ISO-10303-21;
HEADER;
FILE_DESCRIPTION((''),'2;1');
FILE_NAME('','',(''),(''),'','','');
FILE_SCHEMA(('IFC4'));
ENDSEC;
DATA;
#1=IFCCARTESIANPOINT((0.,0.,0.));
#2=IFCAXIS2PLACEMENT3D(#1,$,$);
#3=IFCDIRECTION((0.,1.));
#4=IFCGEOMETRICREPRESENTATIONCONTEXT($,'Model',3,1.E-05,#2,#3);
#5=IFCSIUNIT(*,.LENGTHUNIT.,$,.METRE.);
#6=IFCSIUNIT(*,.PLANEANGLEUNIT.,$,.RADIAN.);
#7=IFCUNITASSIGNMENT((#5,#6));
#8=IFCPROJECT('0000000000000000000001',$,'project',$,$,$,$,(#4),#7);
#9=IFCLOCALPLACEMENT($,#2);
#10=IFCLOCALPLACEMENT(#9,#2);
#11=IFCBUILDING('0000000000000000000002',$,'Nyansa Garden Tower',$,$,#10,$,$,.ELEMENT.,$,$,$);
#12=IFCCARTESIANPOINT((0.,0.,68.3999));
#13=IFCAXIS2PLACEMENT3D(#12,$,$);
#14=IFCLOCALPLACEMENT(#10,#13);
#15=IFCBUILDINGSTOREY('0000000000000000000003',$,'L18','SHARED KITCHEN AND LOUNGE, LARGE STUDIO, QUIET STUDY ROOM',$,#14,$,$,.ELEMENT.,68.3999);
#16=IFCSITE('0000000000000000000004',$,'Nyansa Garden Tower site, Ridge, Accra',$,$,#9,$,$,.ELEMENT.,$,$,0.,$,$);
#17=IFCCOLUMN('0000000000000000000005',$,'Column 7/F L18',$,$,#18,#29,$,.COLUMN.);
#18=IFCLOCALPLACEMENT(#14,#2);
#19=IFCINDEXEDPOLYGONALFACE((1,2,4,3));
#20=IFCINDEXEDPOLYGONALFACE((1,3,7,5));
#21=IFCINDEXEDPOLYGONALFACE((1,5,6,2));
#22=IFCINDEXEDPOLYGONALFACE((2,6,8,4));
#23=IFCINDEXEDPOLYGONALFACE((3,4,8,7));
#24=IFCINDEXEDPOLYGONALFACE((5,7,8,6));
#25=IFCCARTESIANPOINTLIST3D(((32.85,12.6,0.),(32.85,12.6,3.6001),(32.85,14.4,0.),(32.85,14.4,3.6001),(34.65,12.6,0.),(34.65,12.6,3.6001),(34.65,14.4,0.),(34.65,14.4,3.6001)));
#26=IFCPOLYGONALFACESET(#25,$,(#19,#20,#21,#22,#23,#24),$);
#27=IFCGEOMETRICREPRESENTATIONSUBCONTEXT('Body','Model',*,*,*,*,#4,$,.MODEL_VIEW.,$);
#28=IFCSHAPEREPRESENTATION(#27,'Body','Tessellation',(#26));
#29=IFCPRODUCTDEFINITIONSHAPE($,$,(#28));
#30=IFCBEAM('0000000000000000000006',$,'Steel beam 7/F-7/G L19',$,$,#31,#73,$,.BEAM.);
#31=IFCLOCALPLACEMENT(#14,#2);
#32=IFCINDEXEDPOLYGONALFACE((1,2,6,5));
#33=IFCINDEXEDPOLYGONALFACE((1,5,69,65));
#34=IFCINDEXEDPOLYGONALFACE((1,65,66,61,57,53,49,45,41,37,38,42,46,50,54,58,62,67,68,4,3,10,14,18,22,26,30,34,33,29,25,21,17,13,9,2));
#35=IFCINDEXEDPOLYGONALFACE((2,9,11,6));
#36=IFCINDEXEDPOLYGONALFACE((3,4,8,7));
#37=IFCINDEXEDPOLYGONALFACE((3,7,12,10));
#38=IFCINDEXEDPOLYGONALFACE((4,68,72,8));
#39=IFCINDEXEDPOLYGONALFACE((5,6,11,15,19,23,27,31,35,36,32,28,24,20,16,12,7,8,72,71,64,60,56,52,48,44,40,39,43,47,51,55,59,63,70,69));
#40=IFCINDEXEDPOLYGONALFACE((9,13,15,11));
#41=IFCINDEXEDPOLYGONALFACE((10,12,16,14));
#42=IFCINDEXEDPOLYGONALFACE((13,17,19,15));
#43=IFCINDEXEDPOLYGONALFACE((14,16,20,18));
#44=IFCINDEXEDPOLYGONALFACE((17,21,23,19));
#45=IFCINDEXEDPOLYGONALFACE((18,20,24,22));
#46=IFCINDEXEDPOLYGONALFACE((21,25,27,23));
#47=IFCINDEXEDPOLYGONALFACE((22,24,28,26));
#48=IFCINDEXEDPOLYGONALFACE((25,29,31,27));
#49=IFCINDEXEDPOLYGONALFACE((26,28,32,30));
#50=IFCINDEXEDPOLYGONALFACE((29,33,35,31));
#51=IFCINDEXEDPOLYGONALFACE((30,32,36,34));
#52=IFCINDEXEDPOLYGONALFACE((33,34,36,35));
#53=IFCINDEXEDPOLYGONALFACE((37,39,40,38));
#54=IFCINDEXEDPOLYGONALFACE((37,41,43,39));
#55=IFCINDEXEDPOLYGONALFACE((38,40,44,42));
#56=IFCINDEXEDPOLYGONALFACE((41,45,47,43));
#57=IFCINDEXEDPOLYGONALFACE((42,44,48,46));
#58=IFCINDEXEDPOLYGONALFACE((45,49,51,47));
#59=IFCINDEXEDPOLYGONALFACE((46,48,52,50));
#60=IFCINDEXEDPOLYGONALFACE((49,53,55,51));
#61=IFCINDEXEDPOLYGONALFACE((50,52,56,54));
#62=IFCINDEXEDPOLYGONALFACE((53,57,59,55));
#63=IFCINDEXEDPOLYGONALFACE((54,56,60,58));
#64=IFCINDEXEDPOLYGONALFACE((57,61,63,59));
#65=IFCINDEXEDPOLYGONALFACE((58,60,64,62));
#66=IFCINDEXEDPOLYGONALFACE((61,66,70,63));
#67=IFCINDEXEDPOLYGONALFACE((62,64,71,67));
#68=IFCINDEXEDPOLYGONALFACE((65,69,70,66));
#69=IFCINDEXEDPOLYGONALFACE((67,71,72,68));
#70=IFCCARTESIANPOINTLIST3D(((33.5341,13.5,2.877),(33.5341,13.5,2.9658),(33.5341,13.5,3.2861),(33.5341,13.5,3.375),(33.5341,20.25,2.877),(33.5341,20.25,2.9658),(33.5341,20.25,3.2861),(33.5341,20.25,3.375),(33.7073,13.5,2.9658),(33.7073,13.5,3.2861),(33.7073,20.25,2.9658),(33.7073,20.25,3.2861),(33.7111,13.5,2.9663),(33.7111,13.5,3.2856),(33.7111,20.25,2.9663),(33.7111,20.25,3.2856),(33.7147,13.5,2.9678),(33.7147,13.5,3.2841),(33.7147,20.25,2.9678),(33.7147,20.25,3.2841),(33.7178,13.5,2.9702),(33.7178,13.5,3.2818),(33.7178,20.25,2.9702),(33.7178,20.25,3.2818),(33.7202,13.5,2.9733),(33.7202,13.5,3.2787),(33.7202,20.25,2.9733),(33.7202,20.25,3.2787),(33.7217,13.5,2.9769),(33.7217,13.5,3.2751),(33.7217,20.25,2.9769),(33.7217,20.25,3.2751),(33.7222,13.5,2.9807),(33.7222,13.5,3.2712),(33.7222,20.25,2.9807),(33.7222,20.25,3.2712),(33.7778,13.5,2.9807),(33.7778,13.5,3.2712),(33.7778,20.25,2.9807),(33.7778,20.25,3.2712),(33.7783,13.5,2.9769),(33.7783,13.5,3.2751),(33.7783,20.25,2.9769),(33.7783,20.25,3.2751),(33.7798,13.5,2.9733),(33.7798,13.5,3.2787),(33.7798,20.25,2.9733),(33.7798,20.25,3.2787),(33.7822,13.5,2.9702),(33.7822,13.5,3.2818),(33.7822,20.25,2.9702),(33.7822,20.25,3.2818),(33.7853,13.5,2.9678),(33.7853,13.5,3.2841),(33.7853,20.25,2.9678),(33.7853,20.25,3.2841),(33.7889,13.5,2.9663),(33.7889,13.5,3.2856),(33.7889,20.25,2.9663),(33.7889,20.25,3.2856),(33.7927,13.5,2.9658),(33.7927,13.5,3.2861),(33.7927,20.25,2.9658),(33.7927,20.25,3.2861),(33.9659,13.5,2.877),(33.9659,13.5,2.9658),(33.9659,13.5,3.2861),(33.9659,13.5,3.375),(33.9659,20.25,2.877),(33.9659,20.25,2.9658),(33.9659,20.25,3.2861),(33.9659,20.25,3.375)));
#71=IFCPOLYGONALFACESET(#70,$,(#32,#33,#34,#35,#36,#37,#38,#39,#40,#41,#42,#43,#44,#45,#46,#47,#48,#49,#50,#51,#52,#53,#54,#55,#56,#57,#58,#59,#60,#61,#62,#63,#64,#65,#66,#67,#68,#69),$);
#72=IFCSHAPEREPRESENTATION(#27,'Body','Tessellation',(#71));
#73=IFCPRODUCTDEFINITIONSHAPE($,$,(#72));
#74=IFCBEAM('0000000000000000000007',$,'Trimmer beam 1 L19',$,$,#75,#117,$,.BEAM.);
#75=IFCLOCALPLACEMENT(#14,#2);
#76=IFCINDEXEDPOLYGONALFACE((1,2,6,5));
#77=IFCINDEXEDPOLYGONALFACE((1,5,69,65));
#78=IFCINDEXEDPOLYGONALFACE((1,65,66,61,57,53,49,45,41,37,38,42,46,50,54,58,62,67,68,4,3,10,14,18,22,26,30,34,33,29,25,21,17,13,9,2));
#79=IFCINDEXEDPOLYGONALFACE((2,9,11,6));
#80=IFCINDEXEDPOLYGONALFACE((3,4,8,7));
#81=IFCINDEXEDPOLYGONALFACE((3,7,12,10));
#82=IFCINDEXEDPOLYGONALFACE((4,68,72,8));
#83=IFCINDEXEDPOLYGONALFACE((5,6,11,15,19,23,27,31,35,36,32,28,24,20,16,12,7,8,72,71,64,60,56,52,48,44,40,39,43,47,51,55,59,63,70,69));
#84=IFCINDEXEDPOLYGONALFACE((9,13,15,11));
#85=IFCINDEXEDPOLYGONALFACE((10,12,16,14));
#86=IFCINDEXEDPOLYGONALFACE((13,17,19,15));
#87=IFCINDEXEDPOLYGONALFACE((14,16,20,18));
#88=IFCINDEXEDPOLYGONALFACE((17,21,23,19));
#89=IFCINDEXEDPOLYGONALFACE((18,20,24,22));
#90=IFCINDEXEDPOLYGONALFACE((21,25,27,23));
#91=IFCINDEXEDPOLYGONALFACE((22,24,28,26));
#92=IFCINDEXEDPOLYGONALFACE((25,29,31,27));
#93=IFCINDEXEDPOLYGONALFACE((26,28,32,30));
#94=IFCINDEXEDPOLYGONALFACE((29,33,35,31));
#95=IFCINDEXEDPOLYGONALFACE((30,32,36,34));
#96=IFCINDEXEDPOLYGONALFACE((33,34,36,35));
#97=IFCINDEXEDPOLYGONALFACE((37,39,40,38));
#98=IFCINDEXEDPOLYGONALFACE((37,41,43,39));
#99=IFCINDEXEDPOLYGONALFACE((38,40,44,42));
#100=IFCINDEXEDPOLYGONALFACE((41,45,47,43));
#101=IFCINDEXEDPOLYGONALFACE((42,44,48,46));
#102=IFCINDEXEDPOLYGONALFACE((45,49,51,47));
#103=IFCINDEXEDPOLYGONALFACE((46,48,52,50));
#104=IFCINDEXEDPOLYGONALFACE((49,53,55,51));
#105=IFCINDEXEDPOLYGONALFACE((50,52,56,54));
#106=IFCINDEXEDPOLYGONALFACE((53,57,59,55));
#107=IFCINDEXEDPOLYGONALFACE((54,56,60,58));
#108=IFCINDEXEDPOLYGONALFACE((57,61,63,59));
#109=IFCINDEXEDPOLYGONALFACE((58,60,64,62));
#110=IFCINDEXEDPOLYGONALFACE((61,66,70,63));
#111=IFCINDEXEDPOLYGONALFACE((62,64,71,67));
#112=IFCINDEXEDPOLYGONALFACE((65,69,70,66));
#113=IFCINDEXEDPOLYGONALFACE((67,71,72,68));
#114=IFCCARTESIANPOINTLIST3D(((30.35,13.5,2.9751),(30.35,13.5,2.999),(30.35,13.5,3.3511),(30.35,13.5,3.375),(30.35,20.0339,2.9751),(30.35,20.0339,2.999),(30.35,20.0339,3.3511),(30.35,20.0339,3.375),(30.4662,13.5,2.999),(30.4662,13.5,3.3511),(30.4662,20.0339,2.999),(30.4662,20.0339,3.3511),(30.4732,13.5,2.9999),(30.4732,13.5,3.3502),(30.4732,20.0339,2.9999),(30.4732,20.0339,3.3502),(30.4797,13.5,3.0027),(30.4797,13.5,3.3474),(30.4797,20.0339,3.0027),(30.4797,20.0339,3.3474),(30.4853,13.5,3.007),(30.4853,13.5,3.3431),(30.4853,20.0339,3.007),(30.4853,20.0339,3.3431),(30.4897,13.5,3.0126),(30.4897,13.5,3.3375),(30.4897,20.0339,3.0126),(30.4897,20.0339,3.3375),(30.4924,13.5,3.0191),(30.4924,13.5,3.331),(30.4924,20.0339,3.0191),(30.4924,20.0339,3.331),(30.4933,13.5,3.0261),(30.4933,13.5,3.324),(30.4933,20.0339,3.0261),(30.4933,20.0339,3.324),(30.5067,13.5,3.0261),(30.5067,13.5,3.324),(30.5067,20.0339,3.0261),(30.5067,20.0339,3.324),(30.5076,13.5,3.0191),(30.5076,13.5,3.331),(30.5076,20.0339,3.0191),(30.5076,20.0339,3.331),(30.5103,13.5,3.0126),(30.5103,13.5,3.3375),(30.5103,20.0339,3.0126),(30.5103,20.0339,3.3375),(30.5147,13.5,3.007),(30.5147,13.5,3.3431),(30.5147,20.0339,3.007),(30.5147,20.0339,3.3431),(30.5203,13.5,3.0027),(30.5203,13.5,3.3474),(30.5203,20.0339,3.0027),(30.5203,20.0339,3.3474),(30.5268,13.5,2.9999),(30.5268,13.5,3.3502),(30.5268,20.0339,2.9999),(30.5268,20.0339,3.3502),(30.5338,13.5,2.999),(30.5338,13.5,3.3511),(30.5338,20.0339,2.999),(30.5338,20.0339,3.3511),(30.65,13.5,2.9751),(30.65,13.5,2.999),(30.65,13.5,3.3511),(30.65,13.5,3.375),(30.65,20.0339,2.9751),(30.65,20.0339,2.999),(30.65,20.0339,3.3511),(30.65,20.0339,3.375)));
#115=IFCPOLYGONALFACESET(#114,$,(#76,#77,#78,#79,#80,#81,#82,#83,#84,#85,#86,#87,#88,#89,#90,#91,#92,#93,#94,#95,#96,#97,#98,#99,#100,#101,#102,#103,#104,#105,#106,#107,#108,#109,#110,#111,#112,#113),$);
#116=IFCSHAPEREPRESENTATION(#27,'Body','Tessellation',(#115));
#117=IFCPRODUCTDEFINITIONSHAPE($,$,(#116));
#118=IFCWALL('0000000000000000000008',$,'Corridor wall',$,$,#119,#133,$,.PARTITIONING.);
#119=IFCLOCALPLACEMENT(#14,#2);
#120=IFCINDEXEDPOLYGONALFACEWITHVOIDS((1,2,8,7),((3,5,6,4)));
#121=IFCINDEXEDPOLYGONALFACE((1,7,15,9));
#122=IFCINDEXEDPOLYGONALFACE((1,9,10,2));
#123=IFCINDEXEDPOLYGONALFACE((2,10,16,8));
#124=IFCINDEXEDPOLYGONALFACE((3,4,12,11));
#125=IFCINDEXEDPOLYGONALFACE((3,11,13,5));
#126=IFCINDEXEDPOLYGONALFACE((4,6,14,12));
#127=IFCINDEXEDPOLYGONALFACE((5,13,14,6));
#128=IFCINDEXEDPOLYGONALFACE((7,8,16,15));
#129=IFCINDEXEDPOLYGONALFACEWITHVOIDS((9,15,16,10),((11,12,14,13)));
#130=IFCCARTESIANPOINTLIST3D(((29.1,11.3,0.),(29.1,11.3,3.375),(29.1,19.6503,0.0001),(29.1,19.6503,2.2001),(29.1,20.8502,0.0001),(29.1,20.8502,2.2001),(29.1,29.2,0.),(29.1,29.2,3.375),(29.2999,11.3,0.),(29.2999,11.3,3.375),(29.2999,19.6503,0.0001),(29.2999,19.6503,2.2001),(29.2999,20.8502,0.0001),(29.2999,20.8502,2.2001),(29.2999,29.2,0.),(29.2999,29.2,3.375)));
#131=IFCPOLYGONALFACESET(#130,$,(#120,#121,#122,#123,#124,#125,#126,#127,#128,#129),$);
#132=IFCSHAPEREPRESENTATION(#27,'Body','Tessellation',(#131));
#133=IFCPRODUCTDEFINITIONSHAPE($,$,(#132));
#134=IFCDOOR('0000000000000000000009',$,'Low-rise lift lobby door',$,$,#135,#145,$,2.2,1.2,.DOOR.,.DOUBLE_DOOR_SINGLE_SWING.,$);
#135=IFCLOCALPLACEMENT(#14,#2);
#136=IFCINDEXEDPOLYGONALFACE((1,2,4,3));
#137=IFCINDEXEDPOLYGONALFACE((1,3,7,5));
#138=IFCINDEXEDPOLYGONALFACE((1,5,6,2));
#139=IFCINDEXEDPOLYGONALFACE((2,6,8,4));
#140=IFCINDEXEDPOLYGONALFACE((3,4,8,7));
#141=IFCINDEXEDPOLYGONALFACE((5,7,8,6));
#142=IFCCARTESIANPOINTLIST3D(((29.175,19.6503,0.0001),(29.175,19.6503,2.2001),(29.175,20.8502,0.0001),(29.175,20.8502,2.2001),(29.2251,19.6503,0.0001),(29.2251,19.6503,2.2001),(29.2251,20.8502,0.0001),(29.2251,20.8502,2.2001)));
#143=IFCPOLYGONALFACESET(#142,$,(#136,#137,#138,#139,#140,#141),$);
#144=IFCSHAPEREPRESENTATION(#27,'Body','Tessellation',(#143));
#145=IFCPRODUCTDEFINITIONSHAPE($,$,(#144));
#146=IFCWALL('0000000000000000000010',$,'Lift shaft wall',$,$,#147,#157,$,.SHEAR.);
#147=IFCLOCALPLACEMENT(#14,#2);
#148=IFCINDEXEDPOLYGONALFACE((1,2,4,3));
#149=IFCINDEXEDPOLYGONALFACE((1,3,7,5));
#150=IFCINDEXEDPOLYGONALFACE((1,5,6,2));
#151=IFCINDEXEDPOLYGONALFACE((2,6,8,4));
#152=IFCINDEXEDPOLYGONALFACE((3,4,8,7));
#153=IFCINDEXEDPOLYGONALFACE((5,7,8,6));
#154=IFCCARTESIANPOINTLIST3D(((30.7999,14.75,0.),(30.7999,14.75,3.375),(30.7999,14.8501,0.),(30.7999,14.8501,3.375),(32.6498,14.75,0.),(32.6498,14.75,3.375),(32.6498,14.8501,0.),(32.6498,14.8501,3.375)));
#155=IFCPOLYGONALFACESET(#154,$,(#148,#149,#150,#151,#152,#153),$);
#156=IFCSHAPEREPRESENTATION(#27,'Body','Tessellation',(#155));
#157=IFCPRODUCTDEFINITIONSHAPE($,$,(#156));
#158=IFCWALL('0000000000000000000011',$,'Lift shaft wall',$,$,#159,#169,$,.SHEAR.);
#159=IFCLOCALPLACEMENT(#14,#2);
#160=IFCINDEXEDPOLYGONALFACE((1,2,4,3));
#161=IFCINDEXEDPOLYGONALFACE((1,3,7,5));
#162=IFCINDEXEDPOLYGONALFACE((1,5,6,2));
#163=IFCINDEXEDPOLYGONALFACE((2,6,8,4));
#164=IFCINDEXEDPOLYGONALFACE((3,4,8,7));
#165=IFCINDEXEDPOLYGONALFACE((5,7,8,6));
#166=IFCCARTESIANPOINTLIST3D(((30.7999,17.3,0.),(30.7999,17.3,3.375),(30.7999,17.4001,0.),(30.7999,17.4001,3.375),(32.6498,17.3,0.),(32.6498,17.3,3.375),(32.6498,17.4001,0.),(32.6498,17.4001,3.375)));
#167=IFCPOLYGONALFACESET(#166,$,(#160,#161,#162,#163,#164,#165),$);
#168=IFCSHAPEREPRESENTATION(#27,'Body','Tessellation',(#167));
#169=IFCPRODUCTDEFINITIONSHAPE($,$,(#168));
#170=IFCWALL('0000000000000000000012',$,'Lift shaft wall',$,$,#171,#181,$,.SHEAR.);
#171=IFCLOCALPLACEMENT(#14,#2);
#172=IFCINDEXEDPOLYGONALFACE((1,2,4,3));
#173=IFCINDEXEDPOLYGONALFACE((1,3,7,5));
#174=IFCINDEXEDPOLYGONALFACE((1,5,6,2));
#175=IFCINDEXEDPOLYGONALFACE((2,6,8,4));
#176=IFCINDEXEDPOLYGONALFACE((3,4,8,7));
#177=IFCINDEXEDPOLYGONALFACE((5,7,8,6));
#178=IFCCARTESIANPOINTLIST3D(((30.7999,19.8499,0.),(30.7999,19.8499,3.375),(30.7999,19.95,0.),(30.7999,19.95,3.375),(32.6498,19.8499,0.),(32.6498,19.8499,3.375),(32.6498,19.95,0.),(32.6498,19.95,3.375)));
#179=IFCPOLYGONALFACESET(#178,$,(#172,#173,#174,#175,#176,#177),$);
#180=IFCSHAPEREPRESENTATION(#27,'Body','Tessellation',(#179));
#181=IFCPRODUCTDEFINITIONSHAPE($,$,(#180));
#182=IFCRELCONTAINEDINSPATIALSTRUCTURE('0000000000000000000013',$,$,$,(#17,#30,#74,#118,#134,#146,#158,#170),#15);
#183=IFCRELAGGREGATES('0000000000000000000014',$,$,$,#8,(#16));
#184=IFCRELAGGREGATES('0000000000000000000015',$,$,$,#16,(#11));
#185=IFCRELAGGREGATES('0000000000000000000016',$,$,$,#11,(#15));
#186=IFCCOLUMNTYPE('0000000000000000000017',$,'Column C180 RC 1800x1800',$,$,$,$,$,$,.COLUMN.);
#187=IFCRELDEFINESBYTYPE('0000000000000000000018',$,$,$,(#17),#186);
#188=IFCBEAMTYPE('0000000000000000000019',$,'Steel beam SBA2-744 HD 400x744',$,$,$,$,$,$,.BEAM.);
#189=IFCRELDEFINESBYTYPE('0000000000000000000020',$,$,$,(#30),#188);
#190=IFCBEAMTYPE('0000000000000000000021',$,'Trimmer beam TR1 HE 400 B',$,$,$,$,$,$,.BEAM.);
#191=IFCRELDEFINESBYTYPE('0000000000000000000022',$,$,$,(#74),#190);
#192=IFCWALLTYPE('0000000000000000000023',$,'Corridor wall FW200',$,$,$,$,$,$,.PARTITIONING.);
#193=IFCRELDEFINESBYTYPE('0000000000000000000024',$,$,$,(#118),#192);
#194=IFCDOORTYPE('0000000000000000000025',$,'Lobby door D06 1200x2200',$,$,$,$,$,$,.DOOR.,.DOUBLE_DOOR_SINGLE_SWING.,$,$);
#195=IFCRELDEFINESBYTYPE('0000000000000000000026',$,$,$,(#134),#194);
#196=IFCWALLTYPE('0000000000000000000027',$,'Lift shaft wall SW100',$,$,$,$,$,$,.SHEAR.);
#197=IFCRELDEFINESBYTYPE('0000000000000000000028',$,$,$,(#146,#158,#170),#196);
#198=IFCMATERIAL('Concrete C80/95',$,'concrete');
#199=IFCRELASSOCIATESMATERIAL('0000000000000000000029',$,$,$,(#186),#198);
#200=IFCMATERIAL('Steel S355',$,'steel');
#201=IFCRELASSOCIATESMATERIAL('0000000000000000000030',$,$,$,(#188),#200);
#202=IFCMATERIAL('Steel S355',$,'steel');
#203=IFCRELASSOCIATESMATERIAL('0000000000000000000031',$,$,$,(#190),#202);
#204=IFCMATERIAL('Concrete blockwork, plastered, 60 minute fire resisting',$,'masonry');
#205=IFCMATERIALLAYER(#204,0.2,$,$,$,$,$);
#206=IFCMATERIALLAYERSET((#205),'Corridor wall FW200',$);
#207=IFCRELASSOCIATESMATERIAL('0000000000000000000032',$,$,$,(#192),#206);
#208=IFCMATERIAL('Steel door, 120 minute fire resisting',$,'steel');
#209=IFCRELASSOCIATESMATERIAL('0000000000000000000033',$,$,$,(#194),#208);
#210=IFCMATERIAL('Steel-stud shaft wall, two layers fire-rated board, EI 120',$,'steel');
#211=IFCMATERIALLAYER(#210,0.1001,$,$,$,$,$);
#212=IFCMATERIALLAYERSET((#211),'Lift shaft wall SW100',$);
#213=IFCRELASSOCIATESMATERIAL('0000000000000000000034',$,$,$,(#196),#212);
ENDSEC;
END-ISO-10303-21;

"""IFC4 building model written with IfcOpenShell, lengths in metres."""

from ifc_helpers import new_model, si_unit, direction, frame, frame_2d, origin, origin_2d, place, context, subcontext, project, spatial, rectangle, i_section, extrude, material, layer, layer_set, material_profile, profile_set, type_object, element, fill, save


model = new_model("IFC4")

# Units and contexts
model_context = context("Model", 3, precision=1e-05, world=origin(), true_north=direction((0.0, 1.0)))
body_context = subcontext(model_context, "Body", "Model", "MODEL_VIEW")
ifc_project = project(units=[si_unit("LENGTHUNIT", "METRE"), si_unit("PLANEANGLEUNIT", "RADIAN")], contexts=[model_context])

# Site, building, storey
site_placement = place(None, origin())
site = spatial("IfcSite", under=ifc_project, at=site_placement, Name="Nyansa Garden Tower site, Ridge, Accra", CompositionType="ELEMENT", RefElevation=0.0)
building_placement = place(site_placement, origin())
building = spatial("IfcBuilding", under=site, at=building_placement, Name="Nyansa Garden Tower", CompositionType="ELEMENT")
storey_placement = place(building_placement, frame((0.0, 0.0, 68.3999)))
storey = spatial("IfcBuildingStorey", under=building, at=storey_placement, Name="L18", Description="SHARED KITCHEN AND LOUNGE, LARGE STUDIO, QUIET STUDY ROOM", CompositionType="ELEMENT", Elevation=68.3999)

# Column
ifc_material_1 = material(Name="Concrete C80/95", Category="concrete")
ifc_material_profile_1 = material_profile(ifc_material_1, rectangle(XDim=1.8, YDim=1.8, at=origin_2d()), Name="RC 1800x1800")
ifc_profile_set_1 = profile_set([ifc_material_profile_1], Name="Concrete C80/95")
column_type = type_object("IfcColumnType", Name="Column C180 RC 1800x1800", PredefinedType="COLUMN", material=ifc_profile_set_1)
column_placement = place(storey_placement, frame((33.75, 13.5, 0.0), z_axis=(0.0, 0.0, 1.0), x_axis=(1.0, 0.0, 0.0)))
element("IfcColumn", 1, at=column_placement, inside=storey, type_object=column_type, Name="Column 7/F L18", PredefinedType="COLUMN", context=body_context, shape_type="SweptSolid", body=[
    extrude(rectangle(XDim=1.8, YDim=1.8, at=origin_2d()), origin(), (0.0, 0.0, 1.0), 3.6001),
])

# Beams
ifc_material_2 = material(Name="Steel S355", Category="steel")
ifc_material_profile_2 = material_profile(ifc_material_2, i_section(OverallWidth=0.4319, OverallDepth=0.498, WebThickness=0.0557, FlangeThickness=0.0889, FilletRadius=0.0149, at=origin_2d()), Name="HD 400x744")
ifc_profile_set_2 = profile_set([ifc_material_profile_2], Name="Steel S355")
beam_type_1 = type_object("IfcBeamType", Name="Steel beam SBA2-744 HD 400x744", PredefinedType="BEAM", material=ifc_profile_set_2)
beam_1_placement = place(storey_placement, frame((33.75, 13.5, 3.126), z_axis=(0.0, 1.0, 0.0), x_axis=(-1.0, 0.0, 0.0)))
element("IfcBeam", 2, at=beam_1_placement, inside=storey, type_object=beam_type_1, Name="Steel beam 7/F-7/G L19", PredefinedType="BEAM", context=body_context, shape_type="SweptSolid", body=[
    extrude(i_section(OverallWidth=0.4319, OverallDepth=0.498, WebThickness=0.0557, FlangeThickness=0.0889, FilletRadius=0.0149, at=origin_2d()), origin(), (0.0, 0.0, 1.0), 6.75),
])
ifc_material_3 = material(Name="Steel S355", Category="steel")
ifc_material_profile_3 = material_profile(ifc_material_3, i_section(OverallWidth=0.3, OverallDepth=0.3999, WebThickness=0.0134, FlangeThickness=0.0239, FilletRadius=0.0271, at=origin_2d()), Name="HE 400 B")
ifc_profile_set_3 = profile_set([ifc_material_profile_3], Name="Steel S355")
beam_type_2 = type_object("IfcBeamType", Name="Trimmer beam TR1 HE 400 B", PredefinedType="BEAM", material=ifc_profile_set_3)
beam_2_placement = place(storey_placement, frame((30.5, 13.5, 3.175), z_axis=(0.0, 1.0, 0.0), x_axis=(-1.0, 0.0, 0.0)))
element("IfcBeam", 3, at=beam_2_placement, inside=storey, type_object=beam_type_2, Name="Trimmer beam 1 L19", PredefinedType="BEAM", context=body_context, shape_type="SweptSolid", body=[
    extrude(i_section(OverallWidth=0.3, OverallDepth=0.3999, WebThickness=0.0134, FlangeThickness=0.0239, FilletRadius=0.0271, at=origin_2d()), origin(), (0.0, 0.0, 1.0), 6.5339),
])

# Wall, opening, door
ifc_material_4 = material(Name="Concrete blockwork, plastered, 60 minute fire resisting", Category="masonry")
ifc_layer_1 = layer(ifc_material_4, 0.2)
ifc_layer_set_1 = layer_set([ifc_layer_1], Name="Corridor wall FW200")
wall_type_1 = type_object("IfcWallType", Name="Corridor wall FW200", PredefinedType="PARTITIONING", material=ifc_layer_set_1)
wall_1_placement = place(storey_placement, frame((29.2, 11.3, 0.0), z_axis=(0.0, 0.0, 1.0), x_axis=(0.0, 1.0, 0.0)))
wall_1 = element("IfcWall", 4, at=wall_1_placement, inside=storey, type_object=wall_type_1, Name="Corridor wall", PredefinedType="PARTITIONING", context=body_context, shape_type="SweptSolid", body=[
    extrude(rectangle(XDim=17.8999, YDim=0.2, at=frame_2d((8.95, 0.0))), origin(), (0.0, 0.0, 1.0), 3.375),
])
opening_1_placement = place(wall_1_placement, frame((8.3501, 0.0, 0.0)))
opening_1 = element("IfcOpeningElement", 5, at=opening_1_placement, cuts=wall_1, PredefinedType="OPENING", context=body_context, shape_type="SweptSolid", body=[
    extrude(rectangle(XDim=1.2, YDim=2.2, at=frame_2d((0.6001, 1.1001))), frame((0.0, 0.1099, 0.0), z_axis=(0.0, -1.0, 0.0), x_axis=(1.0, 0.0, 0.0)), (0.0, 0.0, 1.0), 0.22),
])
ifc_material_5 = material(Name="Steel door, 120 minute fire resisting", Category="steel")
door_type_1 = type_object("IfcDoorType", Name="Lobby door D06 1200x2200", OperationType="DOUBLE_DOOR_SINGLE_SWING", PredefinedType="DOOR", material=ifc_material_5)
door_1_placement = place(opening_1_placement, origin())
door_1 = element("IfcDoor", 6, at=door_1_placement, inside=storey, type_object=door_type_1, Name="Low-rise lift lobby door", OperationType="DOUBLE_DOOR_SINGLE_SWING", OverallHeight=2.2, OverallWidth=1.2, PredefinedType="DOOR", context=body_context, shape_type="SweptSolid", body=[
    extrude(rectangle(XDim=1.2, YDim=2.2, at=frame_2d((0.6001, 1.1001))), frame((0.0, 0.0249, 0.0), z_axis=(0.0, -1.0, 0.0), x_axis=(1.0, 0.0, 0.0)), (0.0, 0.0, 1.0), 0.05),
])
fill(opening_1, door_1)

# Walls
ifc_material_6 = material(Name="Steel-stud shaft wall, two layers fire-rated board, EI 120", Category="steel")
ifc_layer_2 = layer(ifc_material_6, 0.1001)
ifc_layer_set_2 = layer_set([ifc_layer_2], Name="Lift shaft wall SW100")
wall_type_2 = type_object("IfcWallType", Name="Lift shaft wall SW100", PredefinedType="SHEAR", material=ifc_layer_set_2)
for number, where, z_axis, x_axis, name in (
    (7, (30.8, 14.8, 0.0), (0.0, 0.0, 1.0), (1.0, 0.0, 0.0), "Lift shaft wall"),
    (8, (30.8, 17.3501, 0.0), (0.0, 0.0, 1.0), (1.0, 0.0, 0.0), "Lift shaft wall"),
    (9, (30.8, 19.8999, 0.0), (0.0, 0.0, 1.0), (1.0, 0.0, 0.0), "Lift shaft wall"),
):
    element("IfcWall", number, at=place(storey_placement, frame(where, z_axis=z_axis, x_axis=x_axis)), inside=storey, type_object=wall_type_2, Name=name, PredefinedType="SHEAR", context=body_context, shape_type="SweptSolid", body=[
        extrude(rectangle(XDim=1.8499, YDim=0.1001, at=frame_2d((0.9248, 0.0))), origin(), (0.0, 0.0, 1.0), 3.375),
    ])

save(model, "model.ifc")
